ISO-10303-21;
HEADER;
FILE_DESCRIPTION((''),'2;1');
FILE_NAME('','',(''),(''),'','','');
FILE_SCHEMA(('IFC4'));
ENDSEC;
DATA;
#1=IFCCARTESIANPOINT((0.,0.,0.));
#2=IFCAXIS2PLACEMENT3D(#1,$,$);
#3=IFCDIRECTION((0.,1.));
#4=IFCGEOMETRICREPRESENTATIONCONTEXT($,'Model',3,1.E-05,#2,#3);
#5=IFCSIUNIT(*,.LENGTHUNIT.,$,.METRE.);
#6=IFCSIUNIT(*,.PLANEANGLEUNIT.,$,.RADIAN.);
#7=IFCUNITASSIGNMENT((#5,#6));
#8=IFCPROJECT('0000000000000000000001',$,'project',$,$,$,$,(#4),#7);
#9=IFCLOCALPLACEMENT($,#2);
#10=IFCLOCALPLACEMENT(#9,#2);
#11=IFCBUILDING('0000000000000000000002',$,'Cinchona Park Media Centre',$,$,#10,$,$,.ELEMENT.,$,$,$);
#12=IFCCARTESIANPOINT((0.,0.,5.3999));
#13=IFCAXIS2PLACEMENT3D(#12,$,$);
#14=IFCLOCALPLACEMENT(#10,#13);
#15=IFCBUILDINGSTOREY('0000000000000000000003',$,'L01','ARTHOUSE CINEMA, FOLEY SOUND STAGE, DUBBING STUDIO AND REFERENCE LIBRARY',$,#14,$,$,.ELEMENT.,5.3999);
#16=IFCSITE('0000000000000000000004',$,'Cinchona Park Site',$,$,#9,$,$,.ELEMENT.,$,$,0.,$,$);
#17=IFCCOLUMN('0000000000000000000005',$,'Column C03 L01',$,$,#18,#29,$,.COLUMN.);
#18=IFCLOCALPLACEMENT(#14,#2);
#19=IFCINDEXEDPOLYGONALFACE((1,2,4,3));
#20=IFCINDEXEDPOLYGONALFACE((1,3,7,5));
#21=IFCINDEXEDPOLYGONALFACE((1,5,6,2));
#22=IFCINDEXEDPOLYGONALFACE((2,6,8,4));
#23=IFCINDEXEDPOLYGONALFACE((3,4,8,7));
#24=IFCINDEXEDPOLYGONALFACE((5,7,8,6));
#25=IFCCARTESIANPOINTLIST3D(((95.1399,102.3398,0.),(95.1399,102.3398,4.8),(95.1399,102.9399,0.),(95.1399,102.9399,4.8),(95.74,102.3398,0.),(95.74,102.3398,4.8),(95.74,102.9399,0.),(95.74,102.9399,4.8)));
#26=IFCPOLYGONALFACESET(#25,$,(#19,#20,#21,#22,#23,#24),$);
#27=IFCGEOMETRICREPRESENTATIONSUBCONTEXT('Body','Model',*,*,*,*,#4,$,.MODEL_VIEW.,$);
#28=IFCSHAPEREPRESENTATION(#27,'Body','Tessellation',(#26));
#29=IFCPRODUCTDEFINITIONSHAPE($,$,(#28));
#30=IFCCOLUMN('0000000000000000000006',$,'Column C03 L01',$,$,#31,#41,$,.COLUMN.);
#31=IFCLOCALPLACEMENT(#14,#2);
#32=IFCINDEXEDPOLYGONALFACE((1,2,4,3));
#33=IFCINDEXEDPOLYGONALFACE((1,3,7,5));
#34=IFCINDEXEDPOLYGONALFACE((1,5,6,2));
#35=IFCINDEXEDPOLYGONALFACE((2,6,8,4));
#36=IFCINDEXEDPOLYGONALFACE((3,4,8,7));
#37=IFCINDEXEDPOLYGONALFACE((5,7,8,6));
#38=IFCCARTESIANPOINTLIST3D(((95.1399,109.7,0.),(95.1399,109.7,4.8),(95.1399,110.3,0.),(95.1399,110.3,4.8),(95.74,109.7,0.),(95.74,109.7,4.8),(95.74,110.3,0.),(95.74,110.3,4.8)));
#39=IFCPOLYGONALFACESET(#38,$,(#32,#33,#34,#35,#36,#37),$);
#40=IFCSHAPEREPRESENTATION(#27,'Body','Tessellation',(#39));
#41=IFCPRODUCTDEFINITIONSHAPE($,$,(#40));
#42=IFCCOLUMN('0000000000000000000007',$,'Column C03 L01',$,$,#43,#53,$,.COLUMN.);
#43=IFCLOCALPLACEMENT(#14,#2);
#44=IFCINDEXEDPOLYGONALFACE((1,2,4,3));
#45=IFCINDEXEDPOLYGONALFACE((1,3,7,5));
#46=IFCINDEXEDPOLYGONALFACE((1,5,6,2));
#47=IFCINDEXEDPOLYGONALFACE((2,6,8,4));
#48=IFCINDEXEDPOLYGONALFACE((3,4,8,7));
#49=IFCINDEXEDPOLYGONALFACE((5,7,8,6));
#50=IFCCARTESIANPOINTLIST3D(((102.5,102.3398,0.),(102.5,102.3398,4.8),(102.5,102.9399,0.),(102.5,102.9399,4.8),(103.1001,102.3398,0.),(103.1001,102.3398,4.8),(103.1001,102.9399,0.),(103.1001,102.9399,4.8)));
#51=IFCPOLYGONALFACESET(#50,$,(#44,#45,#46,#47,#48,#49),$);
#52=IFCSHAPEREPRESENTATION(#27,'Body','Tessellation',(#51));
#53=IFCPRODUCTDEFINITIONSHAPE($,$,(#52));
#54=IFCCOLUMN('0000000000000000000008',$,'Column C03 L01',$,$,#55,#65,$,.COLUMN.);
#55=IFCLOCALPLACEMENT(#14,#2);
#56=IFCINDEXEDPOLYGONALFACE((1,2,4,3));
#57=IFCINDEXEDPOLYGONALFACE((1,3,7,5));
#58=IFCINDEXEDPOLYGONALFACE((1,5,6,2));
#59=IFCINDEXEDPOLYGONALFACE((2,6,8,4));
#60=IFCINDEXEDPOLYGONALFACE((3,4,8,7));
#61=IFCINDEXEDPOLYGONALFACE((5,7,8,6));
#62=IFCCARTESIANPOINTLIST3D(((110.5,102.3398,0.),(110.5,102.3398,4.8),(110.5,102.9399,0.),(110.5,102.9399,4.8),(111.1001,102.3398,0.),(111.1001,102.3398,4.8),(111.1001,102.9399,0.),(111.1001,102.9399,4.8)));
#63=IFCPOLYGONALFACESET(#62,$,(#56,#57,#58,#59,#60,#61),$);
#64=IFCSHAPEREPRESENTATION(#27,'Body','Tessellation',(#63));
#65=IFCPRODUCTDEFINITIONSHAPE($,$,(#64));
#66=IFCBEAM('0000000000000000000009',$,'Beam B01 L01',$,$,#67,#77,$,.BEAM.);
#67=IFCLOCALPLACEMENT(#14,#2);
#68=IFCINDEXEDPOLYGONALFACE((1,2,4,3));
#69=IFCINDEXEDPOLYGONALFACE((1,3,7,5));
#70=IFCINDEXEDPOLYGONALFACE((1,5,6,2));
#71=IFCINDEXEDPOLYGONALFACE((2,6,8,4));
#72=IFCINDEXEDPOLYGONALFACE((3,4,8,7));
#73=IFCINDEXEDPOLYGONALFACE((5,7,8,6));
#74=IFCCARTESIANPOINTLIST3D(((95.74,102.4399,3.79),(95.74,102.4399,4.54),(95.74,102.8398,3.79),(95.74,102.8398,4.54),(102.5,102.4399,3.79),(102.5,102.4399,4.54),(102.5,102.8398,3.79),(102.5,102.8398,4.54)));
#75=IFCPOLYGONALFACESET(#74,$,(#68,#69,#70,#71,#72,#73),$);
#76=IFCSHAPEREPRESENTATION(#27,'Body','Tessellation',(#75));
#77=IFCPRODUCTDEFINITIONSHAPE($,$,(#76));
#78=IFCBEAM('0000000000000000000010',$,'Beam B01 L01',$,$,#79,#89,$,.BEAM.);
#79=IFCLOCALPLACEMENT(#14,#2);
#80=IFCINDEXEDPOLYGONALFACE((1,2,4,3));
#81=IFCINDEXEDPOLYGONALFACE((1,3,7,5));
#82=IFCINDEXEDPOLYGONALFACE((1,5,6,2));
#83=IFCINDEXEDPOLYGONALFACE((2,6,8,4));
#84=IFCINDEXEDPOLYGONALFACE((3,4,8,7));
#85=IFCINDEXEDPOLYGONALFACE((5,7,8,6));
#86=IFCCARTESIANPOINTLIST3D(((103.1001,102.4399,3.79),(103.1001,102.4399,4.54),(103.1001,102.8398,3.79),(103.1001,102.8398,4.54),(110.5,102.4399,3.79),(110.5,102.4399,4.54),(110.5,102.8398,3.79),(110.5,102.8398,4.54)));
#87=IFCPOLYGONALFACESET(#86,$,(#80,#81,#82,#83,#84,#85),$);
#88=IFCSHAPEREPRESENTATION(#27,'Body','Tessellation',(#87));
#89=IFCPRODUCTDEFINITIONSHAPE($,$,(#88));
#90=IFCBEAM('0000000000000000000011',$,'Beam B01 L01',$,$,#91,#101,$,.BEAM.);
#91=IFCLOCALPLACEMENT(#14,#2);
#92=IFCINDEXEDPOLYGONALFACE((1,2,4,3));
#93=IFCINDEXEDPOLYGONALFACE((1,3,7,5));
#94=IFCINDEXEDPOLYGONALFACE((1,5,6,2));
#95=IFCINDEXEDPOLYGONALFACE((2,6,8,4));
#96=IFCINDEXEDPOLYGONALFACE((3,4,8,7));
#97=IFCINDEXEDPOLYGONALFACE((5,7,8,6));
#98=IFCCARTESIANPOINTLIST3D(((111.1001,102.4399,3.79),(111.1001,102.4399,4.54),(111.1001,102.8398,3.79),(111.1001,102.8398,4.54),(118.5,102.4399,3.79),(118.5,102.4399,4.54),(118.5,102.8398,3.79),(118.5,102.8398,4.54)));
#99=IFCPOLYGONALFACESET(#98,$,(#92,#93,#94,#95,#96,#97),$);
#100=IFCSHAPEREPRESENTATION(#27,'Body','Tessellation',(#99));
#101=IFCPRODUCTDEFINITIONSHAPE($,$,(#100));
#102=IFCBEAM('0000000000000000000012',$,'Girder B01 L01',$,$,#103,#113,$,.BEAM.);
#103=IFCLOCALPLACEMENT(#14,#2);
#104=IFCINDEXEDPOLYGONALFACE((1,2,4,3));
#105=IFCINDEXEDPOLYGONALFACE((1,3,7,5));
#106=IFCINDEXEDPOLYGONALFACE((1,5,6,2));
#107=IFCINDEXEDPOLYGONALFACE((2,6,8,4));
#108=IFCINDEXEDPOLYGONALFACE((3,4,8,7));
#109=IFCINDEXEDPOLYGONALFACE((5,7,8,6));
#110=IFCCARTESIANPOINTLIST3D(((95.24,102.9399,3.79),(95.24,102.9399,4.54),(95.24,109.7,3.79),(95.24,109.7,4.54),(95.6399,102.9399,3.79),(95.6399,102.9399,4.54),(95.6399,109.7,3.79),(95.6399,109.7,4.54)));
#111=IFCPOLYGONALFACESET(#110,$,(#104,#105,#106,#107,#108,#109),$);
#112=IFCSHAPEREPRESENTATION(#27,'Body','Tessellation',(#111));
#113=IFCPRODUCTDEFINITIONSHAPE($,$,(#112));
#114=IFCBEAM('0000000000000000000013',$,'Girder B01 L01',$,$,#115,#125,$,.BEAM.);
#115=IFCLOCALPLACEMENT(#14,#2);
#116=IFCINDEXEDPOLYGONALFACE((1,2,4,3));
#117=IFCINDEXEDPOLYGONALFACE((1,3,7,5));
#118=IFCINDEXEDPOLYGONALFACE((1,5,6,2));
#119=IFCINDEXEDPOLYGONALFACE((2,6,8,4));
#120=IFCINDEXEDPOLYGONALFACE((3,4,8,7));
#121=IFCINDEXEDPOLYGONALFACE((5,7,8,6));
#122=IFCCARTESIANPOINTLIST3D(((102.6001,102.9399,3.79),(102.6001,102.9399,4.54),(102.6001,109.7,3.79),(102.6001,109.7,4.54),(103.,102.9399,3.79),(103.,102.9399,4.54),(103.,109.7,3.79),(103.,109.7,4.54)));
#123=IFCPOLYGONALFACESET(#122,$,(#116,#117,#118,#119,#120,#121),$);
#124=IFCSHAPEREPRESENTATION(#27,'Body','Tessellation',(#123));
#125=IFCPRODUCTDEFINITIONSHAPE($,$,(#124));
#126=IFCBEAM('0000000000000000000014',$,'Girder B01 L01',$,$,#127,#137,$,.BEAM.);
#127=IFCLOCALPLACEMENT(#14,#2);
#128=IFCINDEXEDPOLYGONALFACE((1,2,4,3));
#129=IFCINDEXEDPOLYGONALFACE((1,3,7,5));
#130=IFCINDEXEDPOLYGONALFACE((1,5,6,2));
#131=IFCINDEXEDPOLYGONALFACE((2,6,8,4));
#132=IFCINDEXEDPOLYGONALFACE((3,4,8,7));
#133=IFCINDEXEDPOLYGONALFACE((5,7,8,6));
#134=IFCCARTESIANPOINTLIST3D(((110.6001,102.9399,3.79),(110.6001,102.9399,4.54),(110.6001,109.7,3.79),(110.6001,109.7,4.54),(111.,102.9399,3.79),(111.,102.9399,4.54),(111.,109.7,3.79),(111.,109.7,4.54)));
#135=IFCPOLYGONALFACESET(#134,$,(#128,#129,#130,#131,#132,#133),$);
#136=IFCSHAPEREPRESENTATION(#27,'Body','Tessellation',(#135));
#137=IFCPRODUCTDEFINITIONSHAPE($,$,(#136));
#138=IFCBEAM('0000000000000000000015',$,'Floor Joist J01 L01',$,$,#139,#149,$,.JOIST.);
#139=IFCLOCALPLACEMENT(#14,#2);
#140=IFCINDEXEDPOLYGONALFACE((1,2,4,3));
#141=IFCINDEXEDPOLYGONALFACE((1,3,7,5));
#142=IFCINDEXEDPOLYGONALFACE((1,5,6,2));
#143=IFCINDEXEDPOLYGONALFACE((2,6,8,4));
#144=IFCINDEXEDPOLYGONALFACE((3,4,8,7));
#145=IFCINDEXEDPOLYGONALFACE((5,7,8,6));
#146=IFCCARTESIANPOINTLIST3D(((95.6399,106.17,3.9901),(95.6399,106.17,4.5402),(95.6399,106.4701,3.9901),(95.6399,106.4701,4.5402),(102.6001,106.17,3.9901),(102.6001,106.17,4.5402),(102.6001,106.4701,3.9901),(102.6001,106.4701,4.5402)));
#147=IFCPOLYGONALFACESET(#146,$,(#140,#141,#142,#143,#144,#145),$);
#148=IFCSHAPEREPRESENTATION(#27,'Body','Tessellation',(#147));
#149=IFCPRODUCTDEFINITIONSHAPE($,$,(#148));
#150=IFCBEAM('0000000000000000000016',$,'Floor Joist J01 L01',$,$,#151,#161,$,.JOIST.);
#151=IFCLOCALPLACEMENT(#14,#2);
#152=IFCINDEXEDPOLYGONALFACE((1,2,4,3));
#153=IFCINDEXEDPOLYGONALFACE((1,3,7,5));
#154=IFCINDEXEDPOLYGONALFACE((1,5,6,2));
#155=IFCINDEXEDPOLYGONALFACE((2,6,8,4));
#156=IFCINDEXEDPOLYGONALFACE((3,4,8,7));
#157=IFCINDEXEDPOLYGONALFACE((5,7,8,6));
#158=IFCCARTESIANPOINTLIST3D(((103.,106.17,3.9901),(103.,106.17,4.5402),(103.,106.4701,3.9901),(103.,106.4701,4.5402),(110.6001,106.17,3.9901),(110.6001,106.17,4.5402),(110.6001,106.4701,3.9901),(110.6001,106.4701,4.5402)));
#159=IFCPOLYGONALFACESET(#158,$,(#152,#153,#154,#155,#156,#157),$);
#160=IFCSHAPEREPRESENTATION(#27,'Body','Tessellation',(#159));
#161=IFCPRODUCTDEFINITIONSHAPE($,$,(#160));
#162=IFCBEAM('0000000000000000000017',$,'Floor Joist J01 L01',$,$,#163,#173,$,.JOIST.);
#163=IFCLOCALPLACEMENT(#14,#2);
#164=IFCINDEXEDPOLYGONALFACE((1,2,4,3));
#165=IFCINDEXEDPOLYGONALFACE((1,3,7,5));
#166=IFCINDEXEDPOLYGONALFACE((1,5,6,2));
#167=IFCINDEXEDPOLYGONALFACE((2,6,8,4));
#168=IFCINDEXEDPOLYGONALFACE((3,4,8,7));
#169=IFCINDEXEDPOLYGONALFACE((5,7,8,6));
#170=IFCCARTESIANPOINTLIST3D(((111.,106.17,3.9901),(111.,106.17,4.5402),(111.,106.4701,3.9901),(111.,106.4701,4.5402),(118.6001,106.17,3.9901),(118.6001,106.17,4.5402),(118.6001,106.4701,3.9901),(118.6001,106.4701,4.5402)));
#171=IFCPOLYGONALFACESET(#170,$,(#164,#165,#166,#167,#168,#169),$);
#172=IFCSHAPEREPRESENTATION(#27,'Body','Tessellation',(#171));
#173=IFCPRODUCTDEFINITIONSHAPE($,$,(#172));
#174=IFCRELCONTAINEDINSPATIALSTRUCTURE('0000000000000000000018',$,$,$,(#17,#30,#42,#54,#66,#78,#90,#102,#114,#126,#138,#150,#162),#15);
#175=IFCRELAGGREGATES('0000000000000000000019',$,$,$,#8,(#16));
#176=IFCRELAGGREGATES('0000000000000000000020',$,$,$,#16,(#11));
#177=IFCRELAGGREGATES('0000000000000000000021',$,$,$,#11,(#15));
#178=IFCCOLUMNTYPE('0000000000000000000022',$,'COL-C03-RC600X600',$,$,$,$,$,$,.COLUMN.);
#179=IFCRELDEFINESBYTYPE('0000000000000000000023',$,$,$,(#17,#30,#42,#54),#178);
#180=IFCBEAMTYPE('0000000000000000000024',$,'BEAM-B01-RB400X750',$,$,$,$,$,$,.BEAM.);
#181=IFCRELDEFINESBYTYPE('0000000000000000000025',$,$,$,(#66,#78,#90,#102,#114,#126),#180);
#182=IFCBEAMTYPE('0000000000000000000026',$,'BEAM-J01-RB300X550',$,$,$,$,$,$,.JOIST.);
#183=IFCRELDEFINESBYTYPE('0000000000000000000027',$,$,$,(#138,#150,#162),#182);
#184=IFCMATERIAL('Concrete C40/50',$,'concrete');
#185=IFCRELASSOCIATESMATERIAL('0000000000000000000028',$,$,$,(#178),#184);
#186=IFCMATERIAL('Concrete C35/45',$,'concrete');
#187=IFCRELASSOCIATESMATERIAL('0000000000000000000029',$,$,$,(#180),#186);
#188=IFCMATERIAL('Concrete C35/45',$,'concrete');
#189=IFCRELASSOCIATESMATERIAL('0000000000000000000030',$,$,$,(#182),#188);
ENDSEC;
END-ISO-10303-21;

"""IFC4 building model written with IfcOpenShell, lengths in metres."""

from ifc_helpers import new_model, si_unit, direction, frame, origin, origin_2d, place, context, subcontext, project, spatial, rectangle, extrude, material, material_profile, profile_set, type_object, element, save


model = new_model("IFC4")

# Units and contexts
model_context = context("Model", 3, precision=1e-05, world=origin(), true_north=direction((0.0, 1.0)))
body_context = subcontext(model_context, "Body", "Model", "MODEL_VIEW")
ifc_project = project(units=[si_unit("LENGTHUNIT", "METRE"), si_unit("PLANEANGLEUNIT", "RADIAN")], contexts=[model_context])

# Site, building, storey
site_placement = place(None, origin())
site = spatial("IfcSite", under=ifc_project, at=site_placement, Name="Cinchona Park Site", CompositionType="ELEMENT", RefElevation=0.0)
building_placement = place(site_placement, origin())
building = spatial("IfcBuilding", under=site, at=building_placement, Name="Cinchona Park Media Centre", CompositionType="ELEMENT")
storey_placement = place(building_placement, frame((0.0, 0.0, 5.3999)))
storey = spatial("IfcBuildingStorey", under=building, at=storey_placement, Name="L01", Description="ARTHOUSE CINEMA, FOLEY SOUND STAGE, DUBBING STUDIO AND REFERENCE LIBRARY", CompositionType="ELEMENT", Elevation=5.3999)

# Columns
ifc_material_1 = material(Name="Concrete C40/50", Category="concrete")
ifc_material_profile_1 = material_profile(ifc_material_1, rectangle(XDim=0.6001, YDim=0.6001, at=origin_2d()), Name="RC 600X600")
ifc_profile_set_1 = profile_set([ifc_material_profile_1], Name="Concrete C40/50")
column_type = type_object("IfcColumnType", Name="COL-C03-RC600X600", PredefinedType="COLUMN", material=ifc_profile_set_1)
for number, where, z_axis, x_axis, name in (
    (1, (95.4399, 102.6399, 0.0), (0.0, 0.0, 1.0), (1.0, 0.0, 0.0), "Column C03 L01"),
    (2, (95.4399, 110.0, 0.0), (0.0, 0.0, 1.0), (1.0, 0.0, 0.0), "Column C03 L01"),
    (3, (102.8, 102.6399, 0.0), (0.0, 0.0, 1.0), (1.0, 0.0, 0.0), "Column C03 L01"),
    (4, (110.8, 102.6399, 0.0), (0.0, 0.0, 1.0), (1.0, 0.0, 0.0), "Column C03 L01"),
):
    element("IfcColumn", number, at=place(storey_placement, frame(where, z_axis=z_axis, x_axis=x_axis)), inside=storey, type_object=column_type, Name=name, PredefinedType="COLUMN", context=body_context, shape_type="SweptSolid", body=[
        extrude(rectangle(XDim=0.6001, YDim=0.6001, at=origin_2d()), origin(), (0.0, 0.0, 1.0), 4.8),
    ])

# Beams
ifc_material_2 = material(Name="Concrete C35/45", Category="concrete")
ifc_material_profile_2 = material_profile(ifc_material_2, rectangle(XDim=0.3999, YDim=0.75, at=origin_2d()), Name="RB 400X750")
ifc_profile_set_2 = profile_set([ifc_material_profile_2], Name="Concrete C35/45")
beam_type_1 = type_object("IfcBeamType", Name="BEAM-B01-RB400X750", PredefinedType="BEAM", material=ifc_profile_set_2)
beam_1_placement = place(storey_placement, frame((95.74, 102.6399, 4.165), z_axis=(1.0, 0.0, 0.0), x_axis=(0.0, 1.0, 0.0)))
element("IfcBeam", 5, at=beam_1_placement, inside=storey, type_object=beam_type_1, Name="Beam B01 L01", PredefinedType="BEAM", context=body_context, shape_type="SweptSolid", body=[
    extrude(rectangle(XDim=0.3999, YDim=0.75, at=origin_2d()), origin(), (0.0, 0.0, 1.0), 6.76),
])
for number, where, z_axis, x_axis, name in (
    (6, (103.1001, 102.6399, 4.165), (1.0, 0.0, 0.0), (0.0, 1.0, 0.0), "Beam B01 L01"),
    (7, (111.1001, 102.6399, 4.165), (1.0, 0.0, 0.0), (0.0, 1.0, 0.0), "Beam B01 L01"),
):
    element("IfcBeam", number, at=place(storey_placement, frame(where, z_axis=z_axis, x_axis=x_axis)), inside=storey, type_object=beam_type_1, Name=name, PredefinedType="BEAM", context=body_context, shape_type="SweptSolid", body=[
        extrude(rectangle(XDim=0.3999, YDim=0.75, at=origin_2d()), origin(), (0.0, 0.0, 1.0), 7.3999),
    ])
for number, where, z_axis, x_axis, name in (
    (8, (95.4399, 102.9399, 4.165), (0.0, 1.0, 0.0), (-1.0, 0.0, 0.0), "Girder B01 L01"),
    (9, (102.8, 102.9399, 4.165), (0.0, 1.0, 0.0), (-1.0, 0.0, 0.0), "Girder B01 L01"),
    (10, (110.8, 102.9399, 4.165), (0.0, 1.0, 0.0), (-1.0, 0.0, 0.0), "Girder B01 L01"),
):
    element("IfcBeam", number, at=place(storey_placement, frame(where, z_axis=z_axis, x_axis=x_axis)), inside=storey, type_object=beam_type_1, Name=name, PredefinedType="BEAM", context=body_context, shape_type="SweptSolid", body=[
        extrude(rectangle(XDim=0.3999, YDim=0.75, at=origin_2d()), origin(), (0.0, 0.0, 1.0), 6.76),
    ])
ifc_material_3 = material(Name="Concrete C35/45", Category="concrete")
ifc_material_profile_3 = material_profile(ifc_material_3, rectangle(XDim=0.3, YDim=0.55, at=origin_2d()), Name="RB 300X550")
ifc_profile_set_3 = profile_set([ifc_material_profile_3], Name="Concrete C35/45")
beam_type_2 = type_object("IfcBeamType", Name="BEAM-J01-RB300X550", PredefinedType="JOIST", material=ifc_profile_set_3)
beam_2_placement = place(storey_placement, frame((95.6399, 106.3201, 4.2651), z_axis=(1.0, 0.0, 0.0), x_axis=(0.0, 1.0, 0.0)))
element("IfcBeam", 11, at=beam_2_placement, inside=storey, type_object=beam_type_2, Name="Floor Joist J01 L01", PredefinedType="JOIST", context=body_context, shape_type="SweptSolid", body=[
    extrude(rectangle(XDim=0.3, YDim=0.55, at=origin_2d()), origin(), (0.0, 0.0, 1.0), 6.9602),
])
for number, where, z_axis, x_axis, name in (
    (12, (103.0, 106.3201, 4.2651), (1.0, 0.0, 0.0), (0.0, 1.0, 0.0), "Floor Joist J01 L01"),
    (13, (111.0, 106.3201, 4.2651), (1.0, 0.0, 0.0), (0.0, 1.0, 0.0), "Floor Joist J01 L01"),
):
    element("IfcBeam", number, at=place(storey_placement, frame(where, z_axis=z_axis, x_axis=x_axis)), inside=storey, type_object=beam_type_2, Name=name, PredefinedType="JOIST", context=body_context, shape_type="SweptSolid", body=[
        extrude(rectangle(XDim=0.3, YDim=0.55, at=origin_2d()), origin(), (0.0, 0.0, 1.0), 7.6001),
    ])

save(model, "model.ifc")
